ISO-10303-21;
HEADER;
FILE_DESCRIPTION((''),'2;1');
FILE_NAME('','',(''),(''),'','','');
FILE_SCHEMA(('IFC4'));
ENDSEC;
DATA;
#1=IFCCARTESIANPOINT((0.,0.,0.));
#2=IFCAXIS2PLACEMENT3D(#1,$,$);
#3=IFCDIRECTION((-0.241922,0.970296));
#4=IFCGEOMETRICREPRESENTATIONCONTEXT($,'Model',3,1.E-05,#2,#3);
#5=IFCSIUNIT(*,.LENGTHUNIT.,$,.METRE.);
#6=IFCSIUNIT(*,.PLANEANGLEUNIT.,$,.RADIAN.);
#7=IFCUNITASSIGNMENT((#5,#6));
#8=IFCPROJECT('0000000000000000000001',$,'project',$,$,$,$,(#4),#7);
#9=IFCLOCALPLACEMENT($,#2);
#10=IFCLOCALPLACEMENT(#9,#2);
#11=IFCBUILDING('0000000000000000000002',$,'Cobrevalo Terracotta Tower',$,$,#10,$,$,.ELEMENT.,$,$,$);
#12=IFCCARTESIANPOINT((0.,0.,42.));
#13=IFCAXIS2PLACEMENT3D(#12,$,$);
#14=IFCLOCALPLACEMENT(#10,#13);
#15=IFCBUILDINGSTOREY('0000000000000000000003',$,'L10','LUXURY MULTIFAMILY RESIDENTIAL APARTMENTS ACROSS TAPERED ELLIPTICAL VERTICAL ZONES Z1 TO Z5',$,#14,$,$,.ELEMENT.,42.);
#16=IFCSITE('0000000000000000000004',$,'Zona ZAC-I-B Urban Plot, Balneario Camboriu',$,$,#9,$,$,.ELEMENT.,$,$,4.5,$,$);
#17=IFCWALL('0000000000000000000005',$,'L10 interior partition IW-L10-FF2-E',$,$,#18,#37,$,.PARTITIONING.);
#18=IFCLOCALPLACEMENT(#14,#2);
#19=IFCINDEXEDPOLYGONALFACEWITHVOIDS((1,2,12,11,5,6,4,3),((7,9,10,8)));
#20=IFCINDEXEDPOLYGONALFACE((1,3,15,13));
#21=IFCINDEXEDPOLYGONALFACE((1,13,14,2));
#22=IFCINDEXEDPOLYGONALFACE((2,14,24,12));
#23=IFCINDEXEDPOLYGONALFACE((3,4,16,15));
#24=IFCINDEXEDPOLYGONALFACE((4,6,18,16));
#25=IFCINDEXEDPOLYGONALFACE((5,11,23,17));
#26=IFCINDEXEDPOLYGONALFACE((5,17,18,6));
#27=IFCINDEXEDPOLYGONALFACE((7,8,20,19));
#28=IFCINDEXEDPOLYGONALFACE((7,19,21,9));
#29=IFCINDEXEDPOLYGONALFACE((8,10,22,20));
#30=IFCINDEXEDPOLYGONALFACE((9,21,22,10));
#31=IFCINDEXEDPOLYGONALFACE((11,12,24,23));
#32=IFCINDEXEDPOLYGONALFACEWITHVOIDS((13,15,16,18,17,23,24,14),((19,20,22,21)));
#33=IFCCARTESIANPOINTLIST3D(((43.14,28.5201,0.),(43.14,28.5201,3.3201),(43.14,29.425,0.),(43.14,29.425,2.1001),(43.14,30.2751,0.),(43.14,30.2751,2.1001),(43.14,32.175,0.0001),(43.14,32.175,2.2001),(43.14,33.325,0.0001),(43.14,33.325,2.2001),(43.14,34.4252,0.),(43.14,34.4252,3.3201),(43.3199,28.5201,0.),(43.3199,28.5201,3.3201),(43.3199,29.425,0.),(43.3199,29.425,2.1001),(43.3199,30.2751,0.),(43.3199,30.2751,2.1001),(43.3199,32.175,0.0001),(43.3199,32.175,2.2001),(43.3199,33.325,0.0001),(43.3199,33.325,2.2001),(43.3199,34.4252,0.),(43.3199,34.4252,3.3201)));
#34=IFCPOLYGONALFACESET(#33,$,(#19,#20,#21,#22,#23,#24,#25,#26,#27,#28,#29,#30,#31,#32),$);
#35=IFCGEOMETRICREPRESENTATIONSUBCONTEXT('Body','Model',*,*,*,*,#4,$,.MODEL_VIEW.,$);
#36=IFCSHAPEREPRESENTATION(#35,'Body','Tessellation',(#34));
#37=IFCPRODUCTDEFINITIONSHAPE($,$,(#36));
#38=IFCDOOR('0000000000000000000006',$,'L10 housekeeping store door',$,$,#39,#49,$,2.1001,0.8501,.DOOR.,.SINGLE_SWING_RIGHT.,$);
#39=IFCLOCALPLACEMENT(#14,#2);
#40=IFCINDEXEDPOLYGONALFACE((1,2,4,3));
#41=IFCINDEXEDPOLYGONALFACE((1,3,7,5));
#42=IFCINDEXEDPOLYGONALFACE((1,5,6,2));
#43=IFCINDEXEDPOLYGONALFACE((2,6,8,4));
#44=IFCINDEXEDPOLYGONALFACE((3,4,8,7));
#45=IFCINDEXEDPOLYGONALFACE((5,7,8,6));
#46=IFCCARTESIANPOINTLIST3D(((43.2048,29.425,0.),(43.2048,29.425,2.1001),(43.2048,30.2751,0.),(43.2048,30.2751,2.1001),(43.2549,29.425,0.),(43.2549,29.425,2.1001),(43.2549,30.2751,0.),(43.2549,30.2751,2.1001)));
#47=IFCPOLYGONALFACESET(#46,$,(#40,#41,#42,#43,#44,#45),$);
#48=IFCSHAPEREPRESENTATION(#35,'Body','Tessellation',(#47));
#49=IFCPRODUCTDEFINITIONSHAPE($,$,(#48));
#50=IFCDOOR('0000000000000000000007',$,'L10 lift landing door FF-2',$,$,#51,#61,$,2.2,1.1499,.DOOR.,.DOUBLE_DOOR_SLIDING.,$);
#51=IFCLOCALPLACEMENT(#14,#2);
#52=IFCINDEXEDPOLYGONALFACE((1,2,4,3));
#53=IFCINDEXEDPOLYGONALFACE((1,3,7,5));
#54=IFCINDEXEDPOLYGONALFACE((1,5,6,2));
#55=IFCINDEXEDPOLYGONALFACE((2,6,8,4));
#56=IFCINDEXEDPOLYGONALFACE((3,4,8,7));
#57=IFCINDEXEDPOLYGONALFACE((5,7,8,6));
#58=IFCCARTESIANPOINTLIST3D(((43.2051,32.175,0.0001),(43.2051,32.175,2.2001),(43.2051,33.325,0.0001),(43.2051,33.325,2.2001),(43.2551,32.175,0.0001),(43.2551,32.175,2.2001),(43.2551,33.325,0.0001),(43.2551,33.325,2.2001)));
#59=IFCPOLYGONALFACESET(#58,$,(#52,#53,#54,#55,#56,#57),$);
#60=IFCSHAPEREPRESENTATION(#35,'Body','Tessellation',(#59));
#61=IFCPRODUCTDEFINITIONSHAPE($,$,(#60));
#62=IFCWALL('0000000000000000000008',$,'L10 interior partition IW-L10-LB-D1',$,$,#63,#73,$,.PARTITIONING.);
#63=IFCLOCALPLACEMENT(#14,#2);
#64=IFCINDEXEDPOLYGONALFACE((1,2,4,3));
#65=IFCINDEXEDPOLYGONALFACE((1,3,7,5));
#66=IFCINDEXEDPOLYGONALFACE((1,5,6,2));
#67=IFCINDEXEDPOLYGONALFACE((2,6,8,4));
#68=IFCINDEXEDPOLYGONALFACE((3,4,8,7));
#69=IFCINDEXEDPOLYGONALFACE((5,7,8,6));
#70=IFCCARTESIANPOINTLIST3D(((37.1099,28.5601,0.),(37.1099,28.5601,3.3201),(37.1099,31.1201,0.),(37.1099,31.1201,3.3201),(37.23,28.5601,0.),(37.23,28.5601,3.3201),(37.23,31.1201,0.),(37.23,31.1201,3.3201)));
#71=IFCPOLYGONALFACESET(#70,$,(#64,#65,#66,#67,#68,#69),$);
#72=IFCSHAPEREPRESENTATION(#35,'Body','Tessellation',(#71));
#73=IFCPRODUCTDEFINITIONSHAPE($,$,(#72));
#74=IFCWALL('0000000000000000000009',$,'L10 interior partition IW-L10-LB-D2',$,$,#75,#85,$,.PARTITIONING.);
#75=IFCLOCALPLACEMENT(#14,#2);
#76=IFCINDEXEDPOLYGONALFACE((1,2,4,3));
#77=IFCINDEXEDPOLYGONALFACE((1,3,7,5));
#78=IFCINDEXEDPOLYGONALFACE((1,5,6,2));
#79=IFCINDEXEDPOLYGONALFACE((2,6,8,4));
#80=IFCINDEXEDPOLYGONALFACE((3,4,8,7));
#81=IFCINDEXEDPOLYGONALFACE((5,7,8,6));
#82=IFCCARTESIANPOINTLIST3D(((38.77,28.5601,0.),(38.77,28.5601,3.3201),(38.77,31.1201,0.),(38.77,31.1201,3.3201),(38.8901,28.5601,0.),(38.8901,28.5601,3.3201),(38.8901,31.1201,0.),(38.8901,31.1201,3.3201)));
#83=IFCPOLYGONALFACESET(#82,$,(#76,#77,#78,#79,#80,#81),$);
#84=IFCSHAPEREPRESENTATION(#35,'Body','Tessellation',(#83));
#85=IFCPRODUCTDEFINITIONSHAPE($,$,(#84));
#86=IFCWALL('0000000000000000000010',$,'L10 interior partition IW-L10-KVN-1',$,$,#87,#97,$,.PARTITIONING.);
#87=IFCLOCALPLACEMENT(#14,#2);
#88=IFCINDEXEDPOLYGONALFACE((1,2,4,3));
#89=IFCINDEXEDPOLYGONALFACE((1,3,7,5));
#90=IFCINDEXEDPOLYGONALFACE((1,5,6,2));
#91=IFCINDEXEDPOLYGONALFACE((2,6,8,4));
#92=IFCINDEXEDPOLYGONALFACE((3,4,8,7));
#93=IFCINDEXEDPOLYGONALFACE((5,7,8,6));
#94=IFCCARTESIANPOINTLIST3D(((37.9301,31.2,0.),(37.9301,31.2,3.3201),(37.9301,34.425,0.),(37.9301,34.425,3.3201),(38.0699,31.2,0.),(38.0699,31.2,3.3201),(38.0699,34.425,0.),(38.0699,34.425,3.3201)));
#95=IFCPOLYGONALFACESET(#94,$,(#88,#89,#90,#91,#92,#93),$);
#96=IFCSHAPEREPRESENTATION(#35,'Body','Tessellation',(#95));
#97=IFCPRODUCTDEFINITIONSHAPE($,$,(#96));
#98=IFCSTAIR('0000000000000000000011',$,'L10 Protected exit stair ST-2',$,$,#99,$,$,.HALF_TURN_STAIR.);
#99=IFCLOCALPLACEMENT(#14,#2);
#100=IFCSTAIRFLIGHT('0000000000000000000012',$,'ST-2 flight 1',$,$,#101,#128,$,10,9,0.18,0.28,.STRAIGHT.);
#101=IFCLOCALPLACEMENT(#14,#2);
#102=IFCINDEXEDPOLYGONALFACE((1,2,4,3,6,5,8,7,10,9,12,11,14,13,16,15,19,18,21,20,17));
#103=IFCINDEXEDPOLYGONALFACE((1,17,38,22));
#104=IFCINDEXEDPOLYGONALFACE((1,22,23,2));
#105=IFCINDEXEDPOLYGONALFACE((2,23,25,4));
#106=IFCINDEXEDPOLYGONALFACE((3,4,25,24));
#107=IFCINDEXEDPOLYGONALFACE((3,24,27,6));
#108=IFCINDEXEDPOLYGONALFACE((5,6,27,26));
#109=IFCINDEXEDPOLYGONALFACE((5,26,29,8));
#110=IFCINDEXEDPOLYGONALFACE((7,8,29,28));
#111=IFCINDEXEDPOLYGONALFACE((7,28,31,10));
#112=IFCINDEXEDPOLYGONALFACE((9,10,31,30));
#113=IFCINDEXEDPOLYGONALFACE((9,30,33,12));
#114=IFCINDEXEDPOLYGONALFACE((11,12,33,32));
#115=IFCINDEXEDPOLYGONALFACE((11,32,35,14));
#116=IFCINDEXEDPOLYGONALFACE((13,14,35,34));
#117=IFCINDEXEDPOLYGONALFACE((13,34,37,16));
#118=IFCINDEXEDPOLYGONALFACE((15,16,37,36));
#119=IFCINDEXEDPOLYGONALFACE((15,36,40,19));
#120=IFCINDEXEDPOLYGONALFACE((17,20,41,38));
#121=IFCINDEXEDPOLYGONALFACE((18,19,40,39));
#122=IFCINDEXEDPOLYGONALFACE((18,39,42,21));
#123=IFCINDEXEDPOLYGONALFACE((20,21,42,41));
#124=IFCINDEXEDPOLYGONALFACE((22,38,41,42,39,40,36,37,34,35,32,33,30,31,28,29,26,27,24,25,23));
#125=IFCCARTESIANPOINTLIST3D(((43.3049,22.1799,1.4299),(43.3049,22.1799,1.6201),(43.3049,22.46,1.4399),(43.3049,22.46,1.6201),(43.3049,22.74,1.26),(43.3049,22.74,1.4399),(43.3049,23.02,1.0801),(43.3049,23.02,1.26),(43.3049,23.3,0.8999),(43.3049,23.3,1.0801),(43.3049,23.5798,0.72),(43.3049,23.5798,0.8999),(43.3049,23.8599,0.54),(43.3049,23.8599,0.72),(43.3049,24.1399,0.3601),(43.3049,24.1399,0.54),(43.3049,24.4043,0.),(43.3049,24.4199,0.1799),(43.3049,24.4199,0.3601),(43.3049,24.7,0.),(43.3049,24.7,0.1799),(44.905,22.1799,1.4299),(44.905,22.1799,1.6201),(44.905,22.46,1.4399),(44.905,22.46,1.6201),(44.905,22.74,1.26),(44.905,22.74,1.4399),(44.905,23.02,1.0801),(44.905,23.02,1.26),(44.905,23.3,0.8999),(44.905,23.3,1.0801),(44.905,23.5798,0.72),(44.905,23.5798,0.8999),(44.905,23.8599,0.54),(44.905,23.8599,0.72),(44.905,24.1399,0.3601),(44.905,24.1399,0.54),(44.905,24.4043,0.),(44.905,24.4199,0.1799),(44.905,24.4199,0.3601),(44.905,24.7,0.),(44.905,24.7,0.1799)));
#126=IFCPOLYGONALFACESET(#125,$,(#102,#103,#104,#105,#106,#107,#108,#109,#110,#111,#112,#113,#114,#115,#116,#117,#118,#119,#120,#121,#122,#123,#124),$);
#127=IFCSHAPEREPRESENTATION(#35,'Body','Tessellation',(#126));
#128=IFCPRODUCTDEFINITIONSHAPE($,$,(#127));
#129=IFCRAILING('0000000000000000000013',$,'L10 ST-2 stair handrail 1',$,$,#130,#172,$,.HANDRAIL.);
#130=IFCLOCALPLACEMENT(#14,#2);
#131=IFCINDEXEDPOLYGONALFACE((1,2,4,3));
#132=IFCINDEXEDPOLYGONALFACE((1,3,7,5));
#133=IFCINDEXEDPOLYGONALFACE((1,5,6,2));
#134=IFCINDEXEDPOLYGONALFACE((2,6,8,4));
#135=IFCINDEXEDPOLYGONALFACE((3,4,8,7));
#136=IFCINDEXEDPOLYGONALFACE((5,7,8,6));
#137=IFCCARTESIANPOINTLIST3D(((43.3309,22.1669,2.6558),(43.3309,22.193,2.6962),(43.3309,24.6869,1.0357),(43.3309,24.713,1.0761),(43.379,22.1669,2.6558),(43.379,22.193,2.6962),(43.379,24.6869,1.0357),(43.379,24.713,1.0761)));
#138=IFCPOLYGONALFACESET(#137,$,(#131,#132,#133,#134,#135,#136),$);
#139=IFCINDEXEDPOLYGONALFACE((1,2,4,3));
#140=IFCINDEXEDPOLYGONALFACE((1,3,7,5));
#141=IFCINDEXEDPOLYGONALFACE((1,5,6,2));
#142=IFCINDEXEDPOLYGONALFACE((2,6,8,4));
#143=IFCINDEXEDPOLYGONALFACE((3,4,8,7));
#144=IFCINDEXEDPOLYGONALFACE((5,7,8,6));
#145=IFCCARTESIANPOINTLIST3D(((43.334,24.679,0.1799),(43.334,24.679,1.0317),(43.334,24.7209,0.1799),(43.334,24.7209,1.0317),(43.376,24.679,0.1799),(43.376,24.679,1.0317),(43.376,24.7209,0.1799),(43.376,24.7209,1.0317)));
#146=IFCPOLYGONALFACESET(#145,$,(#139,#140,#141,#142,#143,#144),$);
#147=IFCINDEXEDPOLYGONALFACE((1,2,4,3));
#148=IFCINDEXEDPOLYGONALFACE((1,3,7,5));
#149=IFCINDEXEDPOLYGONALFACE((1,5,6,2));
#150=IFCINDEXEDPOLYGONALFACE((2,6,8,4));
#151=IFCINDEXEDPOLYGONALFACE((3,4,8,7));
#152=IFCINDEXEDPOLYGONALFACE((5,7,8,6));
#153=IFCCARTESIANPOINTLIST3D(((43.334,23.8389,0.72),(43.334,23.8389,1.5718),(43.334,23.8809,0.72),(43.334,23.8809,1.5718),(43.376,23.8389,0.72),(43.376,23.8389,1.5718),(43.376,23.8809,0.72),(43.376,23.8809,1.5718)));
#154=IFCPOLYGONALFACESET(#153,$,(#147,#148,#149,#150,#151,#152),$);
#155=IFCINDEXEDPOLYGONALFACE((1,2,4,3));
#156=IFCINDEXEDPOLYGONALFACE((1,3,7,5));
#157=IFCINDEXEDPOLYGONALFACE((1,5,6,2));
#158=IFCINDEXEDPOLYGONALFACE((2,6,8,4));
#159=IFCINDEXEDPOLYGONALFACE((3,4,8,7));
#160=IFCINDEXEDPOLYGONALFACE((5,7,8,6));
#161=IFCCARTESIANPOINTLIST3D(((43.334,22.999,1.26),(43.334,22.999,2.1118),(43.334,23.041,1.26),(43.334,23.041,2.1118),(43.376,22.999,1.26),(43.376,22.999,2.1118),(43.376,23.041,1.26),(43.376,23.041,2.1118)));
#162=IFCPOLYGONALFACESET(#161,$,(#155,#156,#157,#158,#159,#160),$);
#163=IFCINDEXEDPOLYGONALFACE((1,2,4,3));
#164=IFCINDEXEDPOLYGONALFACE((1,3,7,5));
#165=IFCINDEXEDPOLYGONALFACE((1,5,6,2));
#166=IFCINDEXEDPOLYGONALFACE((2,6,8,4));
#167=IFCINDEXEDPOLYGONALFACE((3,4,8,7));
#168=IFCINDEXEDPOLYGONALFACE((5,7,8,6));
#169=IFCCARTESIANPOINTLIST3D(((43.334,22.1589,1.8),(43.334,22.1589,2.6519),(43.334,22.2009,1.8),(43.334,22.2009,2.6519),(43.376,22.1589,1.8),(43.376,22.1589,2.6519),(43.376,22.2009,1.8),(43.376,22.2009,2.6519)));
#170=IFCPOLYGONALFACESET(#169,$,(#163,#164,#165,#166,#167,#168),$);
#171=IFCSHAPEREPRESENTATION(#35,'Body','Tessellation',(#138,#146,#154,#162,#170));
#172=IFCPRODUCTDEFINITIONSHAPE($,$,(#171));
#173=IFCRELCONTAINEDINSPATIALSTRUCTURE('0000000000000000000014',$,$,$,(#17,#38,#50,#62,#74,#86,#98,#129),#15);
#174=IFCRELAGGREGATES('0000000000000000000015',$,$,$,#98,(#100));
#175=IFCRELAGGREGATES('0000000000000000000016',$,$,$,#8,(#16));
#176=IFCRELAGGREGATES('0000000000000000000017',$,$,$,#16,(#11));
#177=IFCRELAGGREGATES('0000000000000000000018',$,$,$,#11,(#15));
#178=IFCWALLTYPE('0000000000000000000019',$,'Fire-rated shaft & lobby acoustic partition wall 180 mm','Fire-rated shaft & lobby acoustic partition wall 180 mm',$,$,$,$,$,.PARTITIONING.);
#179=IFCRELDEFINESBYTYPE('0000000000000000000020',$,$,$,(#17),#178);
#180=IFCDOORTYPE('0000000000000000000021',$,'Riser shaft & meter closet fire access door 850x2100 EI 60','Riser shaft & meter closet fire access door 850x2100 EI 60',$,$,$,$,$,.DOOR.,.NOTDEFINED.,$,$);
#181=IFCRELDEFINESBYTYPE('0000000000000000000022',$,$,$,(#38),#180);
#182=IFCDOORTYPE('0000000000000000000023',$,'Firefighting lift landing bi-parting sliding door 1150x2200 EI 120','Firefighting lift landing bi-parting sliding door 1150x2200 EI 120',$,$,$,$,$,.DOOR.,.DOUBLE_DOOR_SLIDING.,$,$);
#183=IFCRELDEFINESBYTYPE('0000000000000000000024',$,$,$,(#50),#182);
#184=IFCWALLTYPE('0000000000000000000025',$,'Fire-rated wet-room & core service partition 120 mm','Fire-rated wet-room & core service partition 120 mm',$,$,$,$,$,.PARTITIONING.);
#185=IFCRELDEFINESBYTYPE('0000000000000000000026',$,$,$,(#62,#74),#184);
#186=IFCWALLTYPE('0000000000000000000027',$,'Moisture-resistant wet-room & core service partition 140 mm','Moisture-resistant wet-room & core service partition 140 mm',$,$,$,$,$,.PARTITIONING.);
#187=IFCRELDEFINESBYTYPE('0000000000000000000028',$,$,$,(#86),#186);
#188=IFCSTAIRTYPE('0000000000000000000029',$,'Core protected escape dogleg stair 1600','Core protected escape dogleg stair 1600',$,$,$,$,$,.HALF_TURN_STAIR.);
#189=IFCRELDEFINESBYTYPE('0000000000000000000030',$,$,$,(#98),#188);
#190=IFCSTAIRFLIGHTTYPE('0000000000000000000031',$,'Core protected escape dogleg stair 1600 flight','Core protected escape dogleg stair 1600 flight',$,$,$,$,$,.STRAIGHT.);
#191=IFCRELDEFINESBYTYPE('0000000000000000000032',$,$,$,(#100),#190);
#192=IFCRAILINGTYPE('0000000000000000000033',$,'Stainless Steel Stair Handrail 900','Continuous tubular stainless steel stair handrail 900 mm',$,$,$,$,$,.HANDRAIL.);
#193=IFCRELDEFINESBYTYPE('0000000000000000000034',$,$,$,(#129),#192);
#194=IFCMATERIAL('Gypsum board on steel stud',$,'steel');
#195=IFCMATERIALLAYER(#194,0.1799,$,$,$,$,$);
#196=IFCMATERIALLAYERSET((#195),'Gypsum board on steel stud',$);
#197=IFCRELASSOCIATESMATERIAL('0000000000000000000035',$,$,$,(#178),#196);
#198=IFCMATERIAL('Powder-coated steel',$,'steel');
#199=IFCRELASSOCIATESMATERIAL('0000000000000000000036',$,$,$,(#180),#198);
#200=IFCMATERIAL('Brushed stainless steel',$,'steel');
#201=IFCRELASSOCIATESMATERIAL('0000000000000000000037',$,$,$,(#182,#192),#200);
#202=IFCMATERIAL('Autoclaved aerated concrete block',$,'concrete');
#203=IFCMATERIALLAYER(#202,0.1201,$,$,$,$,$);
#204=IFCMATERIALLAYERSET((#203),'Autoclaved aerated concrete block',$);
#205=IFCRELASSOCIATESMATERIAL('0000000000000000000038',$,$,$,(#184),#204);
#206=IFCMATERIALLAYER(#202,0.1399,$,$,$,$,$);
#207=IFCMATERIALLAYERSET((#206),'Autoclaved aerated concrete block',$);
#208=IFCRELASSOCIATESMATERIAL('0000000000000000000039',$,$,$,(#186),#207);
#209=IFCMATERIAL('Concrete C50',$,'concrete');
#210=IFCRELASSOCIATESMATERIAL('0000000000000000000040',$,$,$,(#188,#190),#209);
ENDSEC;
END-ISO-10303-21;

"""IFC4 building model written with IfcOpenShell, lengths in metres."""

from ifc_helpers import new_model, si_unit, direction, frame, frame_2d, origin, origin_2d, place, context, subcontext, project, spatial, polyline, rectangle, outline, extrude, source, transform, mapped, material, layer, layer_set, type_object, element, fill, aggregate, save


model = new_model("IFC4")

# Units and contexts
model_context = context("Model", 3, precision=1e-05, world=origin(), true_north=direction((-0.241922, 0.970296)))
body_context = subcontext(model_context, "Body", "Model", "MODEL_VIEW")
ifc_project = project(units=[si_unit("LENGTHUNIT", "METRE"), si_unit("PLANEANGLEUNIT", "RADIAN")], contexts=[model_context])

# Site, building, storey
site_placement = place(None, origin())
site = spatial("IfcSite", under=ifc_project, at=site_placement, Name="Zona ZAC-I-B Urban Plot, Balneario Camboriu", CompositionType="ELEMENT", RefElevation=4.5)
building_placement = place(site_placement, origin())
building = spatial("IfcBuilding", under=site, at=building_placement, Name="Cobrevalo Terracotta Tower", CompositionType="ELEMENT")
storey_placement = place(building_placement, frame((0.0, 0.0, 42.0)))
storey = spatial("IfcBuildingStorey", under=building, at=storey_placement, Name="L10", Description="LUXURY MULTIFAMILY RESIDENTIAL APARTMENTS ACROSS TAPERED ELLIPTICAL VERTICAL ZONES Z1 TO Z5", CompositionType="ELEMENT", Elevation=42.0)

# Shared definitions
ifc_material_1 = material(Name="Gypsum board on steel stud", Category="steel")

# Shared definitions
ifc_material_2 = material(Name="Brushed stainless steel", Category="steel")

# Shared definitions
ifc_layer_1 = layer(ifc_material_1, 0.1799)
ifc_layer_set_1 = layer_set([ifc_layer_1], Name="Gypsum board on steel stud")
wall_type_1 = type_object("IfcWallType", Name="Fire-rated shaft & lobby acoustic partition wall 180 mm", Description="Fire-rated shaft & lobby acoustic partition wall 180 mm", PredefinedType="PARTITIONING", material=ifc_layer_set_1)
ifc_material_3 = material(Name="Powder-coated steel", Category="steel")
door_type_1 = type_object("IfcDoorType", Name="Riser shaft & meter closet fire access door 850x2100 EI 60", Description="Riser shaft & meter closet fire access door 850x2100 EI 60", OperationType="NOTDEFINED", PredefinedType="DOOR", material=ifc_material_3)
shared_shape_1 = source(origin(), body_context, "Body", "SweptSolid", [
    extrude(rectangle(XDim=0.8501, YDim=2.1001, at=frame_2d((0.425, 1.05))), frame((0.0, 0.0249, 0.0), z_axis=(0.0, -1.0, 0.0), x_axis=(1.0, 0.0, 0.0)), (0.0, 0.0, 1.0), 0.05),
])

# Wall, openings, doors
wall_1_placement = place(storey_placement, frame((43.23, 28.52, 0.0), z_axis=(0.0, 0.0, 1.0), x_axis=(0.0, 1.0, 0.0)))
wall_1 = element("IfcWall", 1, at=wall_1_placement, inside=storey, type_object=wall_type_1, Name="L10 interior partition IW-L10-FF2-E", PredefinedType="PARTITIONING", context=body_context, shape_type="SweptSolid", body=[
    extrude(rectangle(XDim=5.905, YDim=0.1799, at=frame_2d((2.9526, 0.0))), origin(), (0.0, 0.0, 1.0), 3.3201),
])
opening_1_placement = place(wall_1_placement, frame((0.905, 0.0, 0.0)))
opening_1 = element("IfcOpeningElement", 2, at=opening_1_placement, cuts=wall_1, PredefinedType="OPENING", context=body_context, shape_type="SweptSolid", body=[
    extrude(rectangle(XDim=0.8501, YDim=2.1001, at=frame_2d((0.425, 1.05))), frame((0.0, 0.1001, 0.0), z_axis=(0.0, -1.0, 0.0), x_axis=(1.0, 0.0, 0.0)), (0.0, 0.0, 1.0), 0.2),
])
opening_2_placement = place(wall_1_placement, frame((3.655, 0.0, 0.0)))
opening_2 = element("IfcOpeningElement", 3, at=opening_2_placement, cuts=wall_1, PredefinedType="OPENING", context=body_context, shape_type="SweptSolid", body=[
    extrude(rectangle(XDim=1.1499, YDim=2.2, at=frame_2d((0.575, 1.1001))), frame((0.0, 0.1001, 0.0), z_axis=(0.0, -1.0, 0.0), x_axis=(1.0, 0.0, 0.0)), (0.0, 0.0, 1.0), 0.2),
])
door_1_placement = place(opening_1_placement, frame((0.8501, 0.0, 0.0), z_axis=(0.0, 0.0, 1.0), x_axis=(-1.0, 0.0, 0.0)))
door_1 = element("IfcDoor", 4, at=door_1_placement, inside=storey, type_object=door_type_1, Name="L10 housekeeping store door", OperationType="SINGLE_SWING_RIGHT", OverallHeight=2.1001, OverallWidth=0.8501, PredefinedType="DOOR", context=body_context, shape_type="MappedRepresentation", body=[
    mapped(shared_shape_1, transform((0.0, 0.0, 0.0), scale=1.0)),
])
fill(opening_1, door_1)
door_type_2 = type_object("IfcDoorType", Name="Firefighting lift landing bi-parting sliding door 1150x2200 EI 120", Description="Firefighting lift landing bi-parting sliding door 1150x2200 EI 120", OperationType="DOUBLE_DOOR_SLIDING", PredefinedType="DOOR", material=ifc_material_2)
shared_shape_2 = source(origin(), body_context, "Body", "SweptSolid", [
    extrude(rectangle(XDim=1.1499, YDim=2.2, at=frame_2d((0.575, 1.1001))), frame((0.0, 0.0249, 0.0), z_axis=(0.0, -1.0, 0.0), x_axis=(1.0, 0.0, 0.0)), (0.0, 0.0, 1.0), 0.05),
])
door_2_placement = place(opening_2_placement, origin())
door_2 = element("IfcDoor", 5, at=door_2_placement, inside=storey, type_object=door_type_2, Name="L10 lift landing door FF-2", OperationType="DOUBLE_DOOR_SLIDING", OverallHeight=2.2, OverallWidth=1.1499, PredefinedType="DOOR", context=body_context, shape_type="MappedRepresentation", body=[
    mapped(shared_shape_2, transform((0.0, 0.0, 0.0), scale=1.0)),
])
fill(opening_2, door_2)

# Walls
ifc_material_4 = material(Name="Autoclaved aerated concrete block", Category="concrete")
ifc_layer_2 = layer(ifc_material_4, 0.1201)
ifc_layer_set_2 = layer_set([ifc_layer_2], Name="Autoclaved aerated concrete block")
wall_type_2 = type_object("IfcWallType", Name="Fire-rated wet-room & core service partition 120 mm", Description="Fire-rated wet-room & core service partition 120 mm", PredefinedType="PARTITIONING", material=ifc_layer_set_2)
for number, where, z_axis, x_axis, name in (
    (6, (37.1699, 28.5601, 0.0), (0.0, 0.0, 1.0), (0.0, 1.0, 0.0), "L10 interior partition IW-L10-LB-D1"),
    (7, (38.8301, 28.5601, 0.0), (0.0, 0.0, 1.0), (0.0, 1.0, 0.0), "L10 interior partition IW-L10-LB-D2"),
):
    element("IfcWall", number, at=place(storey_placement, frame(where, z_axis=z_axis, x_axis=x_axis)), inside=storey, type_object=wall_type_2, Name=name, PredefinedType="PARTITIONING", context=body_context, shape_type="SweptSolid", body=[
        extrude(rectangle(XDim=2.5601, YDim=0.1201, at=frame_2d((1.28, 0.0))), origin(), (0.0, 0.0, 1.0), 3.3201),
    ])
ifc_layer_3 = layer(ifc_material_4, 0.1399)
ifc_layer_set_3 = layer_set([ifc_layer_3], Name="Autoclaved aerated concrete block")
wall_type_3 = type_object("IfcWallType", Name="Moisture-resistant wet-room & core service partition 140 mm", Description="Moisture-resistant wet-room & core service partition 140 mm", PredefinedType="PARTITIONING", material=ifc_layer_set_3)
wall_2_placement = place(storey_placement, frame((38.0, 31.2, 0.0), z_axis=(0.0, 0.0, 1.0), x_axis=(0.0, 1.0, 0.0)))
element("IfcWall", 8, at=wall_2_placement, inside=storey, type_object=wall_type_3, Name="L10 interior partition IW-L10-KVN-1", PredefinedType="PARTITIONING", context=body_context, shape_type="SweptSolid", body=[
    extrude(rectangle(XDim=3.2251, YDim=0.1399, at=frame_2d((1.6125, 0.0))), origin(), (0.0, 0.0, 1.0), 3.3201),
])

# Shared definitions
ifc_material_5 = material(Name="Concrete C50", Category="concrete")

# Stair, stair flight
stair_type = type_object("IfcStairType", Name="Core protected escape dogleg stair 1600", Description="Core protected escape dogleg stair 1600", PredefinedType="HALF_TURN_STAIR", material=ifc_material_5)
stair_placement = place(storey_placement, origin())
stair = element("IfcStair", 9, at=stair_placement, inside=storey, type_object=stair_type, Name="L10 Protected exit stair ST-2", PredefinedType="HALF_TURN_STAIR")
stair_flight_type = type_object("IfcStairFlightType", Name="Core protected escape dogleg stair 1600 flight", Description="Core protected escape dogleg stair 1600 flight", PredefinedType="STRAIGHT", material=ifc_material_5)
stair_flight_placement = place(storey_placement, frame((44.105, 24.7, 0.0), z_axis=(0.0, 0.0, 1.0), x_axis=(0.0, -1.0, 0.0)))
stair_flight = element("IfcStairFlight", 10, at=stair_flight_placement, type_object=stair_flight_type, Name="ST-2 flight 1", NumberOfRisers=10, NumberOfTreads=9, PredefinedType="STRAIGHT", RiserHeight=0.18, TreadLength=0.28, context=body_context, shape_type="SweptSolid", body=[
    extrude(outline(polyline([(0.0, 0.0), (0.0, 0.1799), (0.28, 0.1799), (0.28, 0.3601), (0.5601, 0.3601), (0.5601, 0.54), (0.8401, 0.54), (0.8401, 0.72), (1.1201, 0.72), (1.1201, 0.8999), (1.3999, 0.8999), (1.3999, 1.0801), (1.6799, 1.0801), (1.6799, 1.26), (1.96, 1.26), (1.96, 1.4399), (2.24, 1.4399), (2.24, 1.6201), (2.52, 1.6201), (2.52, 1.8), (2.52, 1.4299), (0.2957, 0.0), (0.0, 0.0)])), frame((0.0, 0.8, 0.0), z_axis=(0.0, -1.0, 0.0), x_axis=(1.0, 0.0, 0.0)), (0.0, 0.0, 1.0), 1.6001),
])
aggregate(stair, [stair_flight])

# Railing
railing_type_1 = type_object("IfcRailingType", Name="Stainless Steel Stair Handrail 900", Description="Continuous tubular stainless steel stair handrail 900 mm", PredefinedType="HANDRAIL", material=ifc_material_2)
railing_1_placement = place(storey_placement, frame((43.355, 24.7, 0.1799)))
element("IfcRailing", 11, at=railing_1_placement, inside=storey, type_object=railing_type_1, Name="L10 ST-2 stair handrail 1", PredefinedType="HANDRAIL", context=body_context, shape_type="SweptSolid", body=[
    extrude(rectangle(XDim=0.0481, YDim=0.0481, at=origin_2d()), frame((0.0, 0.0, 0.876), z_axis=(0.0, -0.841163, 0.540782), x_axis=(1.0, 0.0, 0.0)), (0.0, 0.0, 1.0), 2.9958),
    extrude(rectangle(XDim=0.042, YDim=0.042, at=origin_2d()), origin(), (0.0, 0.0, 1.0), 0.8518),
    extrude(rectangle(XDim=0.042, YDim=0.042, at=origin_2d()), frame((0.0, -0.8401, 0.54)), (0.0, 0.0, 1.0), 0.8518),
    extrude(rectangle(XDim=0.042, YDim=0.042, at=origin_2d()), frame((0.0, -1.6799, 1.0801)), (0.0, 0.0, 1.0), 0.8518),
    extrude(rectangle(XDim=0.042, YDim=0.042, at=origin_2d()), frame((0.0, -2.52, 1.6201)), (0.0, 0.0, 1.0), 0.8518),
])

save(model, "model.ifc")
